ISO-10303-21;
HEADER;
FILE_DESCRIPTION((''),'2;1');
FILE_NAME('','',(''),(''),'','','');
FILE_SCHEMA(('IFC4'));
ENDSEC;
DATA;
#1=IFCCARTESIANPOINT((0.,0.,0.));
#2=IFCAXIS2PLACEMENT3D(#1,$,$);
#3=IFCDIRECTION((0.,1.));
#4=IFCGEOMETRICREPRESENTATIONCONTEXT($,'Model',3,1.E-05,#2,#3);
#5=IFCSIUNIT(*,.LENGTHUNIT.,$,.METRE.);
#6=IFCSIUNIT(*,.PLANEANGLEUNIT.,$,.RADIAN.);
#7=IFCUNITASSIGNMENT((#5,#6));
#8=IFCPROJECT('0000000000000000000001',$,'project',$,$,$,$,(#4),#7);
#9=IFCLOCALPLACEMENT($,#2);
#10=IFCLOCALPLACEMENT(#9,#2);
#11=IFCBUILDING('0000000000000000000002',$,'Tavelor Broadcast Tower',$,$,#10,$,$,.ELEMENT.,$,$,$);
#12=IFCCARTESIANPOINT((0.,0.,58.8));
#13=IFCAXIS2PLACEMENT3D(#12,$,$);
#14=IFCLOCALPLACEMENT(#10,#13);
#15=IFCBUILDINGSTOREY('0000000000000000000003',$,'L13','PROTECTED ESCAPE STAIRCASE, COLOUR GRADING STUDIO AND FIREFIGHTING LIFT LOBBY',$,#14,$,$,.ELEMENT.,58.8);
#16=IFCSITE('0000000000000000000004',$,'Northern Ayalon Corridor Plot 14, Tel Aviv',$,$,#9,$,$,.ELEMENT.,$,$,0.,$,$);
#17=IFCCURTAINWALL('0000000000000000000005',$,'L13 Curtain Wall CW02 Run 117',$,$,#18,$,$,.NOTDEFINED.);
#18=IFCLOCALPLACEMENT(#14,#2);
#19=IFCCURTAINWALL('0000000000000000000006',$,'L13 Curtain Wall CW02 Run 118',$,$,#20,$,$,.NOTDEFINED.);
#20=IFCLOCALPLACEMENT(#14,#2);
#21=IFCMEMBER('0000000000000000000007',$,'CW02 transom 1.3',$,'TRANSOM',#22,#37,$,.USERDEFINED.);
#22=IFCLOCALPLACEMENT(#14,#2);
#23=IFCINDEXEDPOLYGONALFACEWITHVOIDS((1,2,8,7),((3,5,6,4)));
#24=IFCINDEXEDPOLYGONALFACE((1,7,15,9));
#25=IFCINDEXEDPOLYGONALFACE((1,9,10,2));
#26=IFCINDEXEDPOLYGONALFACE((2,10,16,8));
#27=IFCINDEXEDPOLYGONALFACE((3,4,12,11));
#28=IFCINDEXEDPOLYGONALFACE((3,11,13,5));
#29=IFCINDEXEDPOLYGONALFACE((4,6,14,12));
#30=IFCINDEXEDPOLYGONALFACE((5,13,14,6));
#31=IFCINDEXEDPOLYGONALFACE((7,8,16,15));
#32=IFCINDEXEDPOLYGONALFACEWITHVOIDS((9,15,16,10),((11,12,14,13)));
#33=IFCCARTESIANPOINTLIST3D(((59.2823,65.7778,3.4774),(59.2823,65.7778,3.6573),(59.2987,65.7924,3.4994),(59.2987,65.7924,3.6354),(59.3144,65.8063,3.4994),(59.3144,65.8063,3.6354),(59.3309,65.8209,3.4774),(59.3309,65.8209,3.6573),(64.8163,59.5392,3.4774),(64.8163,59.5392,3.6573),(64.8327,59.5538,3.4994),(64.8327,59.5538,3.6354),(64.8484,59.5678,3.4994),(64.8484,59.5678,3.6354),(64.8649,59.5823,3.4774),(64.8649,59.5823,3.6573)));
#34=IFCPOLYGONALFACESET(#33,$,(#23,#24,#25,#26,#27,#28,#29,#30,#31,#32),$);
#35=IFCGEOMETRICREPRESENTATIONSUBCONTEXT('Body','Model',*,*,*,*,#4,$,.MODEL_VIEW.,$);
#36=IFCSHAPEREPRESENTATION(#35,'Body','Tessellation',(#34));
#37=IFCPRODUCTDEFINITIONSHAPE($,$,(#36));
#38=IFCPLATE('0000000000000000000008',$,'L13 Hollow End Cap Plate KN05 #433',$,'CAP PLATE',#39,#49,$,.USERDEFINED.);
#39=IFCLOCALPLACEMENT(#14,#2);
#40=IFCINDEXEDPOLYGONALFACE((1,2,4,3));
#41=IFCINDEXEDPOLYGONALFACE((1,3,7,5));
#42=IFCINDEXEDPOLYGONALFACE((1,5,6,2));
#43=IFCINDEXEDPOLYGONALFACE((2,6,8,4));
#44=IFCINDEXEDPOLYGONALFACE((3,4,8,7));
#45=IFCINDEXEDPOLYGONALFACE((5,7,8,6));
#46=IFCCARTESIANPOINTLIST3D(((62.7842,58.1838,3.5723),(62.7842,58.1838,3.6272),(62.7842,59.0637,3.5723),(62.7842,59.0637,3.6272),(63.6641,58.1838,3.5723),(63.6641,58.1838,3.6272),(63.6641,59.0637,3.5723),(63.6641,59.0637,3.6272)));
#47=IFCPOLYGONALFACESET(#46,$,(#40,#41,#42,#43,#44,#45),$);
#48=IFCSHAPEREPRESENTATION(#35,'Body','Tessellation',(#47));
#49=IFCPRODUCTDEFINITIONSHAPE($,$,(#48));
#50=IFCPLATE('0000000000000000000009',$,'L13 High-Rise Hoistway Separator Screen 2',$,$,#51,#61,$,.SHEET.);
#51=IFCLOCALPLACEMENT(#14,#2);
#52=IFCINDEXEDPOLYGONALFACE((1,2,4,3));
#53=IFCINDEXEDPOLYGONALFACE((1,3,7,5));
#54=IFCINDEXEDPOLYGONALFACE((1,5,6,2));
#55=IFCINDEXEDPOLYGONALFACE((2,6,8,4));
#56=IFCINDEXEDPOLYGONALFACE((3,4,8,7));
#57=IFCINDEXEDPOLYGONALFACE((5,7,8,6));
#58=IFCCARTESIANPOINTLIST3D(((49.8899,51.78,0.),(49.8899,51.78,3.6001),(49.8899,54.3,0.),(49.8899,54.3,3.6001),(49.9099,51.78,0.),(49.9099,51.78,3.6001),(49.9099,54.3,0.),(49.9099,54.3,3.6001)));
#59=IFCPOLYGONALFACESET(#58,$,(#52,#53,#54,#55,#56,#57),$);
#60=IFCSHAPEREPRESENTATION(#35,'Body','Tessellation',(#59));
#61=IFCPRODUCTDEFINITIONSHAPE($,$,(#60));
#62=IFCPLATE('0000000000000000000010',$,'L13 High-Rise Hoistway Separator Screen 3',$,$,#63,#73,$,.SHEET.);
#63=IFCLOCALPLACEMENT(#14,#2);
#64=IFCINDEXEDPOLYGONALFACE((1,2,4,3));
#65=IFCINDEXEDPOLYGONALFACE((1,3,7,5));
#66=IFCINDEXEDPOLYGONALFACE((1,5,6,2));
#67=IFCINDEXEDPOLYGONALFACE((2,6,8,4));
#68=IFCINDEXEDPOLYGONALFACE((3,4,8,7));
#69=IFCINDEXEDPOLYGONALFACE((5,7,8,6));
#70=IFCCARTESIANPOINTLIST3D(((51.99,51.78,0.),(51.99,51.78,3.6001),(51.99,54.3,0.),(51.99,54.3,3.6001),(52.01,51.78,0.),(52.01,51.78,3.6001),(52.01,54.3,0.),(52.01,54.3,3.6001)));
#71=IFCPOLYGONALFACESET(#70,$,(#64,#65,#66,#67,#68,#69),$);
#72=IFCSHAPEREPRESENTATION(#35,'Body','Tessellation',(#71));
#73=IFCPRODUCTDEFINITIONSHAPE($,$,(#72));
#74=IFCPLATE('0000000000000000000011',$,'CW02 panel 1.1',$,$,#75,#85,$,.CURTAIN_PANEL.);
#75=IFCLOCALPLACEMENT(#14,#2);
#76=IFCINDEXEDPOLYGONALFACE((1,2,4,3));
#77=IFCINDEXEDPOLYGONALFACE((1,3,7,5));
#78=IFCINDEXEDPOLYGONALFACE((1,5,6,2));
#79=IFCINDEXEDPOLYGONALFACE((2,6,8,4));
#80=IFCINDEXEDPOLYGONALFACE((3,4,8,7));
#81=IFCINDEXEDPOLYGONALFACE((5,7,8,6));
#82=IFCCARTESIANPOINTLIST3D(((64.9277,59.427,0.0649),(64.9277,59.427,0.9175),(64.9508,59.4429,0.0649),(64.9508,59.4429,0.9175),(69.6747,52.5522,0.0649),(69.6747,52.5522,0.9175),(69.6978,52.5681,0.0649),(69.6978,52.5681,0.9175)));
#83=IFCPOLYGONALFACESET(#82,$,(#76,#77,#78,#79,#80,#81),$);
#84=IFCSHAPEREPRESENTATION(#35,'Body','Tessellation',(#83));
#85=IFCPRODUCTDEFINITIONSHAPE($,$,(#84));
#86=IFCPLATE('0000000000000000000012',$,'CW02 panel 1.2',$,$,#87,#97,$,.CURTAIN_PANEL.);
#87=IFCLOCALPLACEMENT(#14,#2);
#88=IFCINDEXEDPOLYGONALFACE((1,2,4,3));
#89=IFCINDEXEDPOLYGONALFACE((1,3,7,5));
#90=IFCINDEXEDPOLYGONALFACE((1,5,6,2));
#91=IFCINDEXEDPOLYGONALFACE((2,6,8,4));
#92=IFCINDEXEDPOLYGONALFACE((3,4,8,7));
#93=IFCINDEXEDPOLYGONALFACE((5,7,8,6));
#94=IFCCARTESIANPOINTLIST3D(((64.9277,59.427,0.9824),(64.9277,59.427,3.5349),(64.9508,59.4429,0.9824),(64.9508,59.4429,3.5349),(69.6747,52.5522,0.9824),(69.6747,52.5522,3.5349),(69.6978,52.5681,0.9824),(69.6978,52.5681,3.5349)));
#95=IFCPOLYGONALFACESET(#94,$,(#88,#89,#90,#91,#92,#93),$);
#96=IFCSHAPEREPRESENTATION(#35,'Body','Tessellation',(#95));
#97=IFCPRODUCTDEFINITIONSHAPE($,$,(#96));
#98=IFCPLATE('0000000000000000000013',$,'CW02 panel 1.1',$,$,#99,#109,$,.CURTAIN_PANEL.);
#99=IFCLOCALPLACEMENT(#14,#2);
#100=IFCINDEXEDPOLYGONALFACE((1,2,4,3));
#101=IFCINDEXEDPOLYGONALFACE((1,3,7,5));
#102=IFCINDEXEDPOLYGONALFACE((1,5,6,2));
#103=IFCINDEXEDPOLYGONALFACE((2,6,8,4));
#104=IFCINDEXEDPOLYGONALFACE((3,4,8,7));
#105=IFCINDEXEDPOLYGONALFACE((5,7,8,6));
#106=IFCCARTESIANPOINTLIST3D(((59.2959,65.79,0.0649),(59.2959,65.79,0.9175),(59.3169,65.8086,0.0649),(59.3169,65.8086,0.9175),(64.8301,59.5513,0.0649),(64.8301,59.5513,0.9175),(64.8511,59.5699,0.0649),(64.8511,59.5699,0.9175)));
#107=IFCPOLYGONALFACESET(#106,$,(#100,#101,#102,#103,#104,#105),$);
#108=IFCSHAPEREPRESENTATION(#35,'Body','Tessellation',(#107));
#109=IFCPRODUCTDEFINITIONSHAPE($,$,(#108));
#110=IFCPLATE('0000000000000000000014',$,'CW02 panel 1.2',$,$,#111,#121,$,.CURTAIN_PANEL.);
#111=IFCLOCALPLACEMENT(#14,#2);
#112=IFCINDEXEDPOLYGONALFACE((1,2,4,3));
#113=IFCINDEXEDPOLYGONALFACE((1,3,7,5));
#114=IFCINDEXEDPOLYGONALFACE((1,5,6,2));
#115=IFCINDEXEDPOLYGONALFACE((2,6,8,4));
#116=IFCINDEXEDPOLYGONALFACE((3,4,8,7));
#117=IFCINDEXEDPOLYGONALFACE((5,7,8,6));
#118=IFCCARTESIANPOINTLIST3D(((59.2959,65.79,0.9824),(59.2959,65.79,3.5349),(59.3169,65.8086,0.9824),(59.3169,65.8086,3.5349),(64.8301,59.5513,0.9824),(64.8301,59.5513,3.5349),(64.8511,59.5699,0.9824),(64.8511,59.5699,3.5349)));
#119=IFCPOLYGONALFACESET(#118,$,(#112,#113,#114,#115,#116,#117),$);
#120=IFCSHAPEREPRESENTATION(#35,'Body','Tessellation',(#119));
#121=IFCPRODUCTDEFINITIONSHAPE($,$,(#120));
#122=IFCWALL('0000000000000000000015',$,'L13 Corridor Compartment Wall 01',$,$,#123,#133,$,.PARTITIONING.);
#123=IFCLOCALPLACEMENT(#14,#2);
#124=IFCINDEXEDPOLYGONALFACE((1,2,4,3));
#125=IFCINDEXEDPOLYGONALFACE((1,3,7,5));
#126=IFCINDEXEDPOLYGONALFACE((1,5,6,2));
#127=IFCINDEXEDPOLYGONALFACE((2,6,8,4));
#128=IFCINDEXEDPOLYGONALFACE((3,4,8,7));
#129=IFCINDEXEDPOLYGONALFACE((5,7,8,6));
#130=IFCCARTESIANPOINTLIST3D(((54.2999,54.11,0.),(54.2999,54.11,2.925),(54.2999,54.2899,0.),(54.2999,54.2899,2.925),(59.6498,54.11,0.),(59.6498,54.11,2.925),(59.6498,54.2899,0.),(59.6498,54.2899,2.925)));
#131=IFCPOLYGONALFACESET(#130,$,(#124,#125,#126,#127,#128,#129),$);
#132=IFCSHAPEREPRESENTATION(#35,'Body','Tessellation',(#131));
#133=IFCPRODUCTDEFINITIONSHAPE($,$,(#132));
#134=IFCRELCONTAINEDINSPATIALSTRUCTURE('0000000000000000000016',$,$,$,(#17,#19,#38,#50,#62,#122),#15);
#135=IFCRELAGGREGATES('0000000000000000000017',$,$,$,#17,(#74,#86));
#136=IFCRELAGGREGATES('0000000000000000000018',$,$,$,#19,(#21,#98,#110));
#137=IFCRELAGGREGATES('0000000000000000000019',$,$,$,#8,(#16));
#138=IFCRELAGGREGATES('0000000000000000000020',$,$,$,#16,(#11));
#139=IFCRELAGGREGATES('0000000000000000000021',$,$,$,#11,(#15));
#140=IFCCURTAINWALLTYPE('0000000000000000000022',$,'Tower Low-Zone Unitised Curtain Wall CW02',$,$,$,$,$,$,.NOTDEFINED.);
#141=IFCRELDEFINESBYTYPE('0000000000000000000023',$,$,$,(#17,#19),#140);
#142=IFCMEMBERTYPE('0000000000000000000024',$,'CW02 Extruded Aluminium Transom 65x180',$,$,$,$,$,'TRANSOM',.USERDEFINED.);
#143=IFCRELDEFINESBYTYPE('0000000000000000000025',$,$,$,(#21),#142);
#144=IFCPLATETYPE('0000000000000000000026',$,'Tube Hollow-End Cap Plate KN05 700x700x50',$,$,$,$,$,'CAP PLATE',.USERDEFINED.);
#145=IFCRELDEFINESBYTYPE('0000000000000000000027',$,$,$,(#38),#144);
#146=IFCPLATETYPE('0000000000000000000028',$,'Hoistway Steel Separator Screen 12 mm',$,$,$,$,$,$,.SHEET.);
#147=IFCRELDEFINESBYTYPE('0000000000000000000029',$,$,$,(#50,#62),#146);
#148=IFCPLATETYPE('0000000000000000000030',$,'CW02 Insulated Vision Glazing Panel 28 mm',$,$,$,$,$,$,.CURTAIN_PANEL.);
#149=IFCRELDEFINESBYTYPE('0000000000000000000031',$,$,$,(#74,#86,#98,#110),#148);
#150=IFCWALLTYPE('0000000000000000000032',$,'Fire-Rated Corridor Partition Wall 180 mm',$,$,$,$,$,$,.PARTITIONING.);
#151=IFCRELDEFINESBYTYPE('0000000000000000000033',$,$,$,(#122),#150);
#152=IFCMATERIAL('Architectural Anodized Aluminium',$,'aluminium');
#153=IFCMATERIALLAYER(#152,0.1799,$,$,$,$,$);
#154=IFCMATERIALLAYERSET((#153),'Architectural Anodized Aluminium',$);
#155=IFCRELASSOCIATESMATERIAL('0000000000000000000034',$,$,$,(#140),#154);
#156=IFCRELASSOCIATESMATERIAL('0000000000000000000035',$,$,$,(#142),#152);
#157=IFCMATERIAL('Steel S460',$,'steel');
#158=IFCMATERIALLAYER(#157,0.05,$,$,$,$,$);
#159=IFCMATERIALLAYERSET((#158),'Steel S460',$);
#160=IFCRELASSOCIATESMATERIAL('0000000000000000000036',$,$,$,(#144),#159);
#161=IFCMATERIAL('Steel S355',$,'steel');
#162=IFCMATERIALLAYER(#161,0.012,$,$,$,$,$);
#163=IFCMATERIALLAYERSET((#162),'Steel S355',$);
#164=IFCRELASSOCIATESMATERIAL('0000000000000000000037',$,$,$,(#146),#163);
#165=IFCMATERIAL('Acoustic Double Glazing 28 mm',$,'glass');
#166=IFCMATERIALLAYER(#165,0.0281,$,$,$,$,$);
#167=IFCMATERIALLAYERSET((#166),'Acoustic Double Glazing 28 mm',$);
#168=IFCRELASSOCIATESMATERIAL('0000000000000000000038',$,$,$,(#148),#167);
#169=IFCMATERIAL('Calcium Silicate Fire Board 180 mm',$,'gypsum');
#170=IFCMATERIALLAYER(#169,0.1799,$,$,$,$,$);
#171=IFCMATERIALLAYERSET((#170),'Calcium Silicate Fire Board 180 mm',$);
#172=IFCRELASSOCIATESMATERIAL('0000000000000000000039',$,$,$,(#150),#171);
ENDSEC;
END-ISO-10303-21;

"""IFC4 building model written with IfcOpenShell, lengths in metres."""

from ifc_helpers import new_model, si_unit, direction, frame, frame_2d, origin, origin_2d, place, context, subcontext, project, spatial, rectangle, hollow_rectangle, extrude, source, transform, mapped, material, layer, layer_set, material_profile, profile_set, type_object, type_shapes, element, aggregate, save


model = new_model("IFC4")

# Units and contexts
model_context = context("Model", 3, precision=1e-05, world=origin(), true_north=direction((0.0, 1.0)))
body_context = subcontext(model_context, "Body", "Model", "MODEL_VIEW")
ifc_project = project(units=[si_unit("LENGTHUNIT", "METRE"), si_unit("PLANEANGLEUNIT", "RADIAN")], contexts=[model_context])

# Site, building, storey
site_placement = place(None, origin())
site = spatial("IfcSite", under=ifc_project, at=site_placement, Name="Northern Ayalon Corridor Plot 14, Tel Aviv", CompositionType="ELEMENT", RefElevation=0.0)
building_placement = place(site_placement, origin())
building = spatial("IfcBuilding", under=site, at=building_placement, Name="Tavelor Broadcast Tower", CompositionType="ELEMENT")
storey_placement = place(building_placement, frame((0.0, 0.0, 58.8)))
storey = spatial("IfcBuildingStorey", under=building, at=storey_placement, Name="L13", Description="PROTECTED ESCAPE STAIRCASE, COLOUR GRADING STUDIO AND FIREFIGHTING LIFT LOBBY", CompositionType="ELEMENT", Elevation=58.8)

# Shared definitions
ifc_material_1 = material(Name="Steel S460", Category="steel")

# Shared definitions
ifc_material_2 = material(Name="Steel S355", Category="steel")

# Curtain wall
ifc_material_3 = material(Name="Architectural Anodized Aluminium", Category="aluminium")
ifc_layer_1 = layer(ifc_material_3, 0.1799)
ifc_layer_set_1 = layer_set([ifc_layer_1], Name="Architectural Anodized Aluminium")
curtain_wall_type = type_object("IfcCurtainWallType", Name="Tower Low-Zone Unitised Curtain Wall CW02", PredefinedType="NOTDEFINED", material=ifc_layer_set_1)
curtain_wall_1_placement = place(storey_placement, origin())
curtain_wall_1 = element("IfcCurtainWall", 1, at=curtain_wall_1_placement, inside=storey, type_object=curtain_wall_type, Name="L13 Curtain Wall CW02 Run 117", PredefinedType="NOTDEFINED")

# Curtain wall, member
curtain_wall_2_placement = place(storey_placement, origin())
curtain_wall_2 = element("IfcCurtainWall", 2, at=curtain_wall_2_placement, inside=storey, type_object=curtain_wall_type, Name="L13 Curtain Wall CW02 Run 118", PredefinedType="NOTDEFINED")
ifc_material_profile_1 = material_profile(ifc_material_3, hollow_rectangle(XDim=0.0649, YDim=0.1799, WallThickness=0.022, at=origin_2d()), Name="RHS 65x180x22")
ifc_profile_set_1 = profile_set([ifc_material_profile_1], Name="Architectural Anodized Aluminium")
member_type_1 = type_object("IfcMemberType", Name="CW02 Extruded Aluminium Transom 65x180", ElementType="TRANSOM", PredefinedType="USERDEFINED", material=ifc_profile_set_1)
shared_shape_1 = source(origin(), body_context, "Body", "SweptSolid", [
    extrude(hollow_rectangle(XDim=0.0649, YDim=0.1799, WallThickness=0.022, at=origin_2d()), origin(), (0.0, 0.0, 1.0), 8.3394),
])
type_shapes(member_type_1, [shared_shape_1])
member_1_placement = place(storey_placement, frame((64.8406, 59.5608, 3.5674), z_axis=(-0.663598, 0.748089, 0.0), x_axis=(-0.748089, -0.663598, 0.0)))
member_1 = element("IfcMember", 3, at=member_1_placement, type_object=member_type_1, Name="CW02 transom 1.3", ObjectType="TRANSOM", PredefinedType="USERDEFINED", context=body_context, shape_type="MappedRepresentation", body=[
    mapped(shared_shape_1, transform((0.0, 0.0, 0.0), scale=1.0)),
])

# Plates
ifc_layer_2 = layer(ifc_material_1, 0.05)
ifc_layer_set_2 = layer_set([ifc_layer_2], Name="Steel S460")
plate_type_1 = type_object("IfcPlateType", Name="Tube Hollow-End Cap Plate KN05 700x700x50", ElementType="CAP PLATE", PredefinedType="USERDEFINED", material=ifc_layer_set_2)
shared_shape_2 = source(origin(), body_context, "Body", "SweptSolid", [
    extrude(rectangle(XDim=0.8799, YDim=0.8799, at=origin_2d()), origin(), (0.0, 0.0, 1.0), 0.0549),
])
type_shapes(plate_type_1, [shared_shape_2])
plate_1_placement = place(storey_placement, frame((63.2241, 58.6238, 3.5723), z_axis=(0.0, 0.0, 1.0), x_axis=(1.0, 0.0, 0.0)))
element("IfcPlate", 4, at=plate_1_placement, inside=storey, type_object=plate_type_1, Name="L13 Hollow End Cap Plate KN05 #433", ObjectType="CAP PLATE", PredefinedType="USERDEFINED", context=body_context, shape_type="MappedRepresentation", body=[
    mapped(shared_shape_2, transform((0.0, 0.0, 0.0), scale=1.0)),
])
ifc_layer_3 = layer(ifc_material_2, 0.012)
ifc_layer_set_3 = layer_set([ifc_layer_3], Name="Steel S355")
plate_type_2 = type_object("IfcPlateType", Name="Hoistway Steel Separator Screen 12 mm", PredefinedType="SHEET", material=ifc_layer_set_3)
shared_shape_3 = source(origin(), body_context, "Body", "SweptSolid", [
    extrude(rectangle(XDim=0.02, YDim=2.52, at=origin_2d()), origin(), (0.0, 0.0, 1.0), 3.6001),
])
type_shapes(plate_type_2, [shared_shape_3])
for number, where, z_axis, x_axis, name in (
    (5, (49.8999, 53.04, 0.0), (0.0, 0.0, 1.0), (1.0, 0.0, 0.0), "L13 High-Rise Hoistway Separator Screen 2"),
    (6, (52.0, 53.04, 0.0), (0.0, 0.0, 1.0), (1.0, 0.0, 0.0), "L13 High-Rise Hoistway Separator Screen 3"),
):
    element("IfcPlate", number, at=place(storey_placement, frame(where, z_axis=z_axis, x_axis=x_axis)), inside=storey, type_object=plate_type_2, Name=name, PredefinedType="SHEET", context=body_context, shape_type="MappedRepresentation", body=[
        mapped(shared_shape_3, transform((0.0, 0.0, 0.0), scale=1.0)),
    ])

# Plates
ifc_material_4 = material(Name="Acoustic Double Glazing 28 mm", Category="glass")
ifc_layer_4 = layer(ifc_material_4, 0.0281)
ifc_layer_set_4 = layer_set([ifc_layer_4], Name="Acoustic Double Glazing 28 mm")
plate_type_3 = type_object("IfcPlateType", Name="CW02 Insulated Vision Glazing Panel 28 mm", PredefinedType="CURTAIN_PANEL", material=ifc_layer_set_4)
shared_shape_4 = source(origin(), body_context, "Body", "SweptSolid", [
    extrude(rectangle(XDim=8.3545, YDim=0.0281, at=origin_2d()), origin(), (0.0, 0.0, 1.0), 0.8525),
])
plate_2_placement = place(storey_placement, frame((67.3127, 55.9976, 0.0649), z_axis=(0.0, 0.0, 1.0), x_axis=(-0.568201, 0.82289, 0.0)))
plate_2 = element("IfcPlate", 7, at=plate_2_placement, type_object=plate_type_3, Name="CW02 panel 1.1", PredefinedType="CURTAIN_PANEL", context=body_context, shape_type="MappedRepresentation", body=[
    mapped(shared_shape_4, transform((0.0, 0.0, 0.0), scale=1.0)),
])
shared_shape_5 = source(origin(), body_context, "Body", "SweptSolid", [
    extrude(rectangle(XDim=8.3545, YDim=0.0281, at=origin_2d()), origin(), (0.0, 0.0, 1.0), 2.5525),
])
plate_3_placement = place(storey_placement, frame((67.3127, 55.9976, 0.9824), z_axis=(0.0, 0.0, 1.0), x_axis=(-0.568201, 0.82289, 0.0)))
plate_3 = element("IfcPlate", 8, at=plate_3_placement, type_object=plate_type_3, Name="CW02 panel 1.2", PredefinedType="CURTAIN_PANEL", context=body_context, shape_type="MappedRepresentation", body=[
    mapped(shared_shape_5, transform((0.0, 0.0, 0.0), scale=1.0)),
])
aggregate(curtain_wall_1, [plate_2, plate_3])
shared_shape_6 = source(origin(), body_context, "Body", "SweptSolid", [
    extrude(rectangle(XDim=8.3396, YDim=0.0281, at=origin_2d()), origin(), (0.0, 0.0, 1.0), 0.8525),
])
plate_4_placement = place(storey_placement, frame((62.0735, 62.6799, 0.0649), z_axis=(0.0, 0.0, 1.0), x_axis=(-0.663604, 0.748084, 0.0)))
plate_4 = element("IfcPlate", 9, at=plate_4_placement, type_object=plate_type_3, Name="CW02 panel 1.1", PredefinedType="CURTAIN_PANEL", context=body_context, shape_type="MappedRepresentation", body=[
    mapped(shared_shape_6, transform((0.0, 0.0, 0.0), scale=1.0)),
])
shared_shape_7 = source(origin(), body_context, "Body", "SweptSolid", [
    extrude(rectangle(XDim=8.3396, YDim=0.0281, at=origin_2d()), origin(), (0.0, 0.0, 1.0), 2.5525),
])
type_shapes(plate_type_3, [shared_shape_4, shared_shape_5, shared_shape_6, shared_shape_7])
plate_5_placement = place(storey_placement, frame((62.0735, 62.6799, 0.9824), z_axis=(0.0, 0.0, 1.0), x_axis=(-0.663604, 0.748084, 0.0)))
plate_5 = element("IfcPlate", 10, at=plate_5_placement, type_object=plate_type_3, Name="CW02 panel 1.2", PredefinedType="CURTAIN_PANEL", context=body_context, shape_type="MappedRepresentation", body=[
    mapped(shared_shape_7, transform((0.0, 0.0, 0.0), scale=1.0)),
])
aggregate(curtain_wall_2, [member_1, plate_4, plate_5])

# Wall
ifc_material_5 = material(Name="Calcium Silicate Fire Board 180 mm", Category="gypsum")
ifc_layer_5 = layer(ifc_material_5, 0.1799)
ifc_layer_set_5 = layer_set([ifc_layer_5], Name="Calcium Silicate Fire Board 180 mm")
wall_type_1 = type_object("IfcWallType", Name="Fire-Rated Corridor Partition Wall 180 mm", PredefinedType="PARTITIONING", material=ifc_layer_set_5)
wall_1_placement = place(storey_placement, frame((54.3, 54.2, 0.0), z_axis=(0.0, 0.0, 1.0), x_axis=(1.0, 0.0, 0.0)))
element("IfcWall", 11, at=wall_1_placement, inside=storey, type_object=wall_type_1, Name="L13 Corridor Compartment Wall 01", PredefinedType="PARTITIONING", context=body_context, shape_type="SweptSolid", body=[
    extrude(rectangle(XDim=5.3499, YDim=0.1799, at=frame_2d((2.6748, 0.0))), origin(), (0.0, 0.0, 1.0), 2.925),
])

save(model, "model.ifc")
